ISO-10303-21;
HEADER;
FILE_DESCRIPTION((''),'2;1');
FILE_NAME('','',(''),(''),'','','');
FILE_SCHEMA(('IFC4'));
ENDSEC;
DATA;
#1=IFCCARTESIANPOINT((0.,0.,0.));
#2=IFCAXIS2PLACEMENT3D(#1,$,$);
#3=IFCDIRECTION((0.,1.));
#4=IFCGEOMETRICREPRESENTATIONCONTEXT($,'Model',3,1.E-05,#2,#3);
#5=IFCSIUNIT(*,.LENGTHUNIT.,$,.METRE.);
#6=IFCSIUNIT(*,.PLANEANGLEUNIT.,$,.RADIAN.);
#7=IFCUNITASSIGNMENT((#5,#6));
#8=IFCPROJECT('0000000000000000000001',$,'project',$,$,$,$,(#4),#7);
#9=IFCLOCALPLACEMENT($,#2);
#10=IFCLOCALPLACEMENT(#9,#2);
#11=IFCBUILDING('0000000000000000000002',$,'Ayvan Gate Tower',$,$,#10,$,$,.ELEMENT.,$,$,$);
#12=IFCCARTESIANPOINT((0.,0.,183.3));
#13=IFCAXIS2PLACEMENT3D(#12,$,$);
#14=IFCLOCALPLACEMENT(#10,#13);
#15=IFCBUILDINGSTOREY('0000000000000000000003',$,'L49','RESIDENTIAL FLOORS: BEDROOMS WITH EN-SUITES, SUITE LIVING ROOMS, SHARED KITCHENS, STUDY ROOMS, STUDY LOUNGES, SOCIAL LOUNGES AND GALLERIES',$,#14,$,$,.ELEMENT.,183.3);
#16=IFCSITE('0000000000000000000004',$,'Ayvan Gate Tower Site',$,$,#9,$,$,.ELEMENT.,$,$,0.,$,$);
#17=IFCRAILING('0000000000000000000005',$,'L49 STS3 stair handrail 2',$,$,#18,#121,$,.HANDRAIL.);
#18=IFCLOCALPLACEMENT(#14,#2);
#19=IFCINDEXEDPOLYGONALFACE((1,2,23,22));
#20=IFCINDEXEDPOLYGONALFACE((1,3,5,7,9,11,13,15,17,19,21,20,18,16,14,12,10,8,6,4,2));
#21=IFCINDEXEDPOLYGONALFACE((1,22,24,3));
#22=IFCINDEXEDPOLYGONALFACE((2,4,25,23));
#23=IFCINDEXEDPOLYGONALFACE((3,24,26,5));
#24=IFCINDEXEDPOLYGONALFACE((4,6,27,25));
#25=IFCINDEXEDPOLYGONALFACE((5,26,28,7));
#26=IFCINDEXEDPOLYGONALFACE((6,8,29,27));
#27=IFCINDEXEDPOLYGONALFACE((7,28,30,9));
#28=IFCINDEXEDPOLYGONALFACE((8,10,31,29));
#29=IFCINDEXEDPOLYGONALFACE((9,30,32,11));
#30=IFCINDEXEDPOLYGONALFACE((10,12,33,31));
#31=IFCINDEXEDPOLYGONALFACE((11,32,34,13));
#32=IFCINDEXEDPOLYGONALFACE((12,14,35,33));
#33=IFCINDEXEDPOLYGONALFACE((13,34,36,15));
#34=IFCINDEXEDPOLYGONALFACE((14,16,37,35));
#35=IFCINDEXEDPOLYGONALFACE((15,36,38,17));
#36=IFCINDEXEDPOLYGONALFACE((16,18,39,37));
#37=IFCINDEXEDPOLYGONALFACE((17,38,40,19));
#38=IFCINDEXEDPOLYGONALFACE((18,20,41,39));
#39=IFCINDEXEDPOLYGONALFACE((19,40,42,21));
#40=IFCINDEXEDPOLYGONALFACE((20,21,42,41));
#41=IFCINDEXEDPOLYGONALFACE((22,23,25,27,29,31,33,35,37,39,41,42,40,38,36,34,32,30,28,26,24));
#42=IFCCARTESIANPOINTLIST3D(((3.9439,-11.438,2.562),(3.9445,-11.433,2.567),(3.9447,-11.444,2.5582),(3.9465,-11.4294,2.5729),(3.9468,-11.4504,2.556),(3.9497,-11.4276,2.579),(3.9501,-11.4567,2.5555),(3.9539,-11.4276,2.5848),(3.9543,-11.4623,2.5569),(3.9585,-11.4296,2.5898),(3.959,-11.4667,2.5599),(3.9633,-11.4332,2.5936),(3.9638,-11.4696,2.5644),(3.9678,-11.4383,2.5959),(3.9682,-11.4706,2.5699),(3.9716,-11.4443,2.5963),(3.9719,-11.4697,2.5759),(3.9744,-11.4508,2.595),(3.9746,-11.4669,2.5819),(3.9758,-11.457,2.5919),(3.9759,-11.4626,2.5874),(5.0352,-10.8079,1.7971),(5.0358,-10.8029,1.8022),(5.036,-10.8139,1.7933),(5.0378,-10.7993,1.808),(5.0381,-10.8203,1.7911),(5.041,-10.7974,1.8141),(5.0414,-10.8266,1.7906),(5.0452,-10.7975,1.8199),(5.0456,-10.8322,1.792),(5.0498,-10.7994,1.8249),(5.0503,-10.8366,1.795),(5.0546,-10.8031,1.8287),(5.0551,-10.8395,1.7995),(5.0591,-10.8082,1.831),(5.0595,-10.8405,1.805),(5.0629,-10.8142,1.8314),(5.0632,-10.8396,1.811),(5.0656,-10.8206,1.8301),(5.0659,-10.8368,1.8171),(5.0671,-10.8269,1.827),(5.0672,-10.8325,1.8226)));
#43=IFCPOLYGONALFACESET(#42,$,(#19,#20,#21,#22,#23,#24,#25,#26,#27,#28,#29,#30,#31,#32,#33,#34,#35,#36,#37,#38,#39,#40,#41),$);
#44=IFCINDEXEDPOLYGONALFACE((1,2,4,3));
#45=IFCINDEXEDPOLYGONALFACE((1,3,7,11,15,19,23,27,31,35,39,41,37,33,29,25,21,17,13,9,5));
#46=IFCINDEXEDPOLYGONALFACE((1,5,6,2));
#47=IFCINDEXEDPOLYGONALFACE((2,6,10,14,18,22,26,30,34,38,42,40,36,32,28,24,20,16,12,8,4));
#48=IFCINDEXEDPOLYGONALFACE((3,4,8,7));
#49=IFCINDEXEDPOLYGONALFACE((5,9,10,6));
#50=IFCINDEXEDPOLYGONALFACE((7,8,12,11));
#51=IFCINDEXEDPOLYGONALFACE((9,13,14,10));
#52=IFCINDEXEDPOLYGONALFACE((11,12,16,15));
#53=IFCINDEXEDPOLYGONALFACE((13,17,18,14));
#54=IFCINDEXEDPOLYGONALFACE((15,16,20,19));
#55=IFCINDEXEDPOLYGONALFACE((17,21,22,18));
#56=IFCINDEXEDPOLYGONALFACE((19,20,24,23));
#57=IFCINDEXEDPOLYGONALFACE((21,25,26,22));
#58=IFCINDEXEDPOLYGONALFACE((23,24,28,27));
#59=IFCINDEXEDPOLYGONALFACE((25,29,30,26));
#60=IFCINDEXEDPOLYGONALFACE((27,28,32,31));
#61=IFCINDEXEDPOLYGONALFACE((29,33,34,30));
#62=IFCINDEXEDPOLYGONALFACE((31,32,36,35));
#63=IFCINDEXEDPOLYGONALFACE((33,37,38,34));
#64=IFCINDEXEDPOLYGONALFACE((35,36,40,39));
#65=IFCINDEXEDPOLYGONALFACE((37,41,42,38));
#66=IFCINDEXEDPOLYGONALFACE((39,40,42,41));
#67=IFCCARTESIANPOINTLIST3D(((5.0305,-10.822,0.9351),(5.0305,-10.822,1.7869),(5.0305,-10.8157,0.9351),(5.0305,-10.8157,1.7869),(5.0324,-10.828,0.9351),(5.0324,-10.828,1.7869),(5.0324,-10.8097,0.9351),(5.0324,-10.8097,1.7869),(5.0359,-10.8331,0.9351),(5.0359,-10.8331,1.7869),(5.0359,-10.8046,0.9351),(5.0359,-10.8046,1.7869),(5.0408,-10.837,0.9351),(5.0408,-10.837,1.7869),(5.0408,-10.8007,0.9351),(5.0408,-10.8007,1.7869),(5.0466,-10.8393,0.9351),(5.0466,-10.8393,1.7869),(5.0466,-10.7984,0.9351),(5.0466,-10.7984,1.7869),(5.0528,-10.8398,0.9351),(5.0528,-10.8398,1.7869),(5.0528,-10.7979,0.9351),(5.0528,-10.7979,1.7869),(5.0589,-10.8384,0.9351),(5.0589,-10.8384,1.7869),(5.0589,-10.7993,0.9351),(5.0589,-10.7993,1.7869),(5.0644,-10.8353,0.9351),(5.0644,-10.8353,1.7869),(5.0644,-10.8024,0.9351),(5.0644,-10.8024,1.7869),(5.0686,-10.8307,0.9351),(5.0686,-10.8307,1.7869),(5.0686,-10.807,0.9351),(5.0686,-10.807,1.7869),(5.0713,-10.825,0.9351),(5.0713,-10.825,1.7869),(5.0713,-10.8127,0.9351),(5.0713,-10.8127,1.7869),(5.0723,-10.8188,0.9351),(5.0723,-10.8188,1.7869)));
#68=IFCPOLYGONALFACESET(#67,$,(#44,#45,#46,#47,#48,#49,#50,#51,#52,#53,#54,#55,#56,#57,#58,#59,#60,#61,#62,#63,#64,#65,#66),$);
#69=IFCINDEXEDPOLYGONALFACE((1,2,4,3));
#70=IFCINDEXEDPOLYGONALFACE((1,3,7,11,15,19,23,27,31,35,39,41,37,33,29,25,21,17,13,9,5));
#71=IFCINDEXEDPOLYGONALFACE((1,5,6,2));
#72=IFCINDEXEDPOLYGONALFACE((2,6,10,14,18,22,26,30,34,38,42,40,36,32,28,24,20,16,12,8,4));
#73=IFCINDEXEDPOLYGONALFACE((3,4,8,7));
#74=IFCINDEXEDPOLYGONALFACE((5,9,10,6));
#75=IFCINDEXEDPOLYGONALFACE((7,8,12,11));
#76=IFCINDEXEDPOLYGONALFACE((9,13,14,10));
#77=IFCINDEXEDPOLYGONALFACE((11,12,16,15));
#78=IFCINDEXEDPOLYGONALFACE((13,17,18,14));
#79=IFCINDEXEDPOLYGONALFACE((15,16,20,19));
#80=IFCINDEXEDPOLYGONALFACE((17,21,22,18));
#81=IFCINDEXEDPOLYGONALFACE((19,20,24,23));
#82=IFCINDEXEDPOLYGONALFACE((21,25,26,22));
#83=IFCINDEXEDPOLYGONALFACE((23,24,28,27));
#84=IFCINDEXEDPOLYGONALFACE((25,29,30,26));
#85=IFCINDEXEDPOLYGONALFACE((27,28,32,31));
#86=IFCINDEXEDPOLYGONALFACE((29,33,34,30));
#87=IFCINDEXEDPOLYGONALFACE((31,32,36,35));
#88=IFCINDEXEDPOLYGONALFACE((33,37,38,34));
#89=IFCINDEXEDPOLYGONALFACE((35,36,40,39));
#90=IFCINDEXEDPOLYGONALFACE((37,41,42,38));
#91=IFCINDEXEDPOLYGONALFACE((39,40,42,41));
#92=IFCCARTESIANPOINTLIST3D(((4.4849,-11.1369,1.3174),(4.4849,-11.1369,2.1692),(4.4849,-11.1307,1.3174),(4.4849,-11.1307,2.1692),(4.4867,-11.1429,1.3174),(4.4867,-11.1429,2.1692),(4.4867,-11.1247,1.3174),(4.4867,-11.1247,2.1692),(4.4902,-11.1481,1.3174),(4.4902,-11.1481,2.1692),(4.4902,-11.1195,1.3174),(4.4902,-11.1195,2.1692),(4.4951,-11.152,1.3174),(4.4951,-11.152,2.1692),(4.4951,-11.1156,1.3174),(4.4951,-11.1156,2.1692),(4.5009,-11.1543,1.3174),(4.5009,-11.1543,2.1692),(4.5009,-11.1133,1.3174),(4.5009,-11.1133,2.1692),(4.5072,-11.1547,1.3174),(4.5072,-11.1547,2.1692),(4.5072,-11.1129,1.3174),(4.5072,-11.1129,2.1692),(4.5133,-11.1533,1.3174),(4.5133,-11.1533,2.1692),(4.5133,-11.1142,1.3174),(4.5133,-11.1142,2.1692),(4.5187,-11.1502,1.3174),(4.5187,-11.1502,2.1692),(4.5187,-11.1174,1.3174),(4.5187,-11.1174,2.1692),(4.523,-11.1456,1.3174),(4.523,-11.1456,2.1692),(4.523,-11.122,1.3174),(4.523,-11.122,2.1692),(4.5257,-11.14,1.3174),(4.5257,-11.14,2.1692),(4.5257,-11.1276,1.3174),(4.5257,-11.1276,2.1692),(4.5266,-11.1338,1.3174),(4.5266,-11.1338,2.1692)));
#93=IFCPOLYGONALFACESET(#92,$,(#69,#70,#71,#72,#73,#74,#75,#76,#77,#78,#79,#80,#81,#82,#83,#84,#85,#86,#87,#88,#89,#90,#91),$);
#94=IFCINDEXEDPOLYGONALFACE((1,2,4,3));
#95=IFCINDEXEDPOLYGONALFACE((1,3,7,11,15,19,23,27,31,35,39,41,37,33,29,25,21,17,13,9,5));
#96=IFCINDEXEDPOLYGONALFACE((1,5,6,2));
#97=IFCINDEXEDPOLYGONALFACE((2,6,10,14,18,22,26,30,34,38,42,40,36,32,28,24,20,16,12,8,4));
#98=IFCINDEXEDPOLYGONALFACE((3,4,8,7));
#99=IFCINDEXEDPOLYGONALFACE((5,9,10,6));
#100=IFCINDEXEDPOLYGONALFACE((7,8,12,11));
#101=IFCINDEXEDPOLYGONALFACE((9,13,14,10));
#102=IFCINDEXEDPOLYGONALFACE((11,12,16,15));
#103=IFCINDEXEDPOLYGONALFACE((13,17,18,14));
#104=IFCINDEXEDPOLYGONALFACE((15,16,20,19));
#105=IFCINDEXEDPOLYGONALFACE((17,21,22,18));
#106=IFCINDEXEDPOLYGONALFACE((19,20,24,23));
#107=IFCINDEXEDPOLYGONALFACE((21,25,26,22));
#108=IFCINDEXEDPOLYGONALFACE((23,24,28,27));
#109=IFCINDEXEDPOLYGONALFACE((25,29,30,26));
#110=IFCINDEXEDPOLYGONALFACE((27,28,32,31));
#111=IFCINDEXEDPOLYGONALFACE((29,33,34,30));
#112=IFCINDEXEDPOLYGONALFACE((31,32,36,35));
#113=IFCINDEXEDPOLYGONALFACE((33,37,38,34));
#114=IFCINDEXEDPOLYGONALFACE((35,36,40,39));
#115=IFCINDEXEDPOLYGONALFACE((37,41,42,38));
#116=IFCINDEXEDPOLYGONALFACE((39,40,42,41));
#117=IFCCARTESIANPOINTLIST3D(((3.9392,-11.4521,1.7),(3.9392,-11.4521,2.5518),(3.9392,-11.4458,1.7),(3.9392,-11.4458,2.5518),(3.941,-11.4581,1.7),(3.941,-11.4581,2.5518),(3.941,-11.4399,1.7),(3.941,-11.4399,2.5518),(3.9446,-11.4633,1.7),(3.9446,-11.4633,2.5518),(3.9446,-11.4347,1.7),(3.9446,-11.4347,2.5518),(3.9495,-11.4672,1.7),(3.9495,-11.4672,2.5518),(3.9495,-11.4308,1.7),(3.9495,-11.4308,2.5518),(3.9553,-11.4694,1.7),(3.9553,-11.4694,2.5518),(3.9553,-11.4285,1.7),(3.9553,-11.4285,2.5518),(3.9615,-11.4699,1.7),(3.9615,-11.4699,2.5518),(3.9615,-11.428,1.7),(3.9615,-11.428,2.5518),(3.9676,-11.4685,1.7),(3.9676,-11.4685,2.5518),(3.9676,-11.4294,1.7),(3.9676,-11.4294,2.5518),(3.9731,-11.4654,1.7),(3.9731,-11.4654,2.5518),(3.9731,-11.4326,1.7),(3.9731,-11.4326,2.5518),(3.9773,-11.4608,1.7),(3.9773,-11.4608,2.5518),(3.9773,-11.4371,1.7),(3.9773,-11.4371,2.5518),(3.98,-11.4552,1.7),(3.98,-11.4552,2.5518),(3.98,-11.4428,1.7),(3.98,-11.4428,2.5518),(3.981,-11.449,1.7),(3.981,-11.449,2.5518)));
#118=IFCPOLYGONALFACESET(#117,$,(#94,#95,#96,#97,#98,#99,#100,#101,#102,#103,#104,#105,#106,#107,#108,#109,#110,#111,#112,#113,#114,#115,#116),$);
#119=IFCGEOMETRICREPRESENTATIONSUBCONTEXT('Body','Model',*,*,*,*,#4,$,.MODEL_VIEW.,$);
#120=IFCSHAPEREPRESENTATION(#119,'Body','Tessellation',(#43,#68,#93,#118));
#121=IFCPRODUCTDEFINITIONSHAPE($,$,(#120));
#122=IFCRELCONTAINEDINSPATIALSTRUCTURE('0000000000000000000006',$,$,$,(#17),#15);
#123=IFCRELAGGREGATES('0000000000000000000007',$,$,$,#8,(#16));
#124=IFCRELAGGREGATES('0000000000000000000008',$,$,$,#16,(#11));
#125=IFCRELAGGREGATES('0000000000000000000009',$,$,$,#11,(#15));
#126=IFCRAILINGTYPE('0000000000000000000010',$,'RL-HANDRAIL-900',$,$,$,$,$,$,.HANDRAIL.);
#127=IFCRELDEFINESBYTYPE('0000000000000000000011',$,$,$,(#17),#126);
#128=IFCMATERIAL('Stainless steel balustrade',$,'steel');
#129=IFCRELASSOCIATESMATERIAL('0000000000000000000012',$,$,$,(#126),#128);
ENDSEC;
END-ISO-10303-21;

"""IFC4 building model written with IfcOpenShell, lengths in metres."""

from ifc_helpers import new_model, si_unit, direction, frame, origin, origin_2d, place, context, subcontext, project, spatial, circle, extrude, material, type_object, element, save


model = new_model("IFC4")

# Units and contexts
model_context = context("Model", 3, precision=1e-05, world=origin(), true_north=direction((0.0, 1.0)))
body_context = subcontext(model_context, "Body", "Model", "MODEL_VIEW")
ifc_project = project(units=[si_unit("LENGTHUNIT", "METRE"), si_unit("PLANEANGLEUNIT", "RADIAN")], contexts=[model_context])

# Site, building, storey
site_placement = place(None, origin())
site = spatial("IfcSite", under=ifc_project, at=site_placement, Name="Ayvan Gate Tower Site", CompositionType="ELEMENT", RefElevation=0.0)
building_placement = place(site_placement, origin())
building = spatial("IfcBuilding", under=site, at=building_placement, Name="Ayvan Gate Tower", CompositionType="ELEMENT")
storey_placement = place(building_placement, frame((0.0, 0.0, 183.3)))
storey = spatial("IfcBuildingStorey", under=building, at=storey_placement, Name="L49", Description="RESIDENTIAL FLOORS: BEDROOMS WITH EN-SUITES, SUITE LIVING ROOMS, SHARED KITCHENS, STUDY ROOMS, STUDY LOUNGES, SOCIAL LOUNGES AND GALLERIES", CompositionType="ELEMENT", Elevation=183.3)

# Railing
ifc_material_1 = material(Name="Stainless steel balustrade", Category="steel")
railing_type_1 = type_object("IfcRailingType", Name="RL-HANDRAIL-900", PredefinedType="HANDRAIL", material=ifc_material_1)
railing_1_placement = place(storey_placement, frame((5.0513, -10.8188, 0.9351)))
element("IfcRailing", 1, at=railing_1_placement, inside=storey, type_object=railing_type_1, Name="L49 STS3 stair handrail 2", PredefinedType="HANDRAIL", context=body_context, shape_type="SweptSolid", body=[
    extrude(circle(Radius=0.0239, at=origin_2d()), frame((0.0, 0.0, 0.876), z_axis=(-0.740304, -0.427455, 0.518875), x_axis=(0.500035, -0.866005, 0.0)), (0.0, 0.0, 1.0), 1.4741),
    extrude(circle(Radius=0.021, at=origin_2d()), origin(), (0.0, 0.0, 1.0), 0.8518),
    extrude(circle(Radius=0.021, at=origin_2d()), frame((-0.5457, -0.3149, 0.3823)), (0.0, 0.0, 1.0), 0.8518),
    extrude(circle(Radius=0.021, at=origin_2d()), frame((-1.0913, -0.6301, 0.7649)), (0.0, 0.0, 1.0), 0.8518),
])

save(model, "model.ifc")
